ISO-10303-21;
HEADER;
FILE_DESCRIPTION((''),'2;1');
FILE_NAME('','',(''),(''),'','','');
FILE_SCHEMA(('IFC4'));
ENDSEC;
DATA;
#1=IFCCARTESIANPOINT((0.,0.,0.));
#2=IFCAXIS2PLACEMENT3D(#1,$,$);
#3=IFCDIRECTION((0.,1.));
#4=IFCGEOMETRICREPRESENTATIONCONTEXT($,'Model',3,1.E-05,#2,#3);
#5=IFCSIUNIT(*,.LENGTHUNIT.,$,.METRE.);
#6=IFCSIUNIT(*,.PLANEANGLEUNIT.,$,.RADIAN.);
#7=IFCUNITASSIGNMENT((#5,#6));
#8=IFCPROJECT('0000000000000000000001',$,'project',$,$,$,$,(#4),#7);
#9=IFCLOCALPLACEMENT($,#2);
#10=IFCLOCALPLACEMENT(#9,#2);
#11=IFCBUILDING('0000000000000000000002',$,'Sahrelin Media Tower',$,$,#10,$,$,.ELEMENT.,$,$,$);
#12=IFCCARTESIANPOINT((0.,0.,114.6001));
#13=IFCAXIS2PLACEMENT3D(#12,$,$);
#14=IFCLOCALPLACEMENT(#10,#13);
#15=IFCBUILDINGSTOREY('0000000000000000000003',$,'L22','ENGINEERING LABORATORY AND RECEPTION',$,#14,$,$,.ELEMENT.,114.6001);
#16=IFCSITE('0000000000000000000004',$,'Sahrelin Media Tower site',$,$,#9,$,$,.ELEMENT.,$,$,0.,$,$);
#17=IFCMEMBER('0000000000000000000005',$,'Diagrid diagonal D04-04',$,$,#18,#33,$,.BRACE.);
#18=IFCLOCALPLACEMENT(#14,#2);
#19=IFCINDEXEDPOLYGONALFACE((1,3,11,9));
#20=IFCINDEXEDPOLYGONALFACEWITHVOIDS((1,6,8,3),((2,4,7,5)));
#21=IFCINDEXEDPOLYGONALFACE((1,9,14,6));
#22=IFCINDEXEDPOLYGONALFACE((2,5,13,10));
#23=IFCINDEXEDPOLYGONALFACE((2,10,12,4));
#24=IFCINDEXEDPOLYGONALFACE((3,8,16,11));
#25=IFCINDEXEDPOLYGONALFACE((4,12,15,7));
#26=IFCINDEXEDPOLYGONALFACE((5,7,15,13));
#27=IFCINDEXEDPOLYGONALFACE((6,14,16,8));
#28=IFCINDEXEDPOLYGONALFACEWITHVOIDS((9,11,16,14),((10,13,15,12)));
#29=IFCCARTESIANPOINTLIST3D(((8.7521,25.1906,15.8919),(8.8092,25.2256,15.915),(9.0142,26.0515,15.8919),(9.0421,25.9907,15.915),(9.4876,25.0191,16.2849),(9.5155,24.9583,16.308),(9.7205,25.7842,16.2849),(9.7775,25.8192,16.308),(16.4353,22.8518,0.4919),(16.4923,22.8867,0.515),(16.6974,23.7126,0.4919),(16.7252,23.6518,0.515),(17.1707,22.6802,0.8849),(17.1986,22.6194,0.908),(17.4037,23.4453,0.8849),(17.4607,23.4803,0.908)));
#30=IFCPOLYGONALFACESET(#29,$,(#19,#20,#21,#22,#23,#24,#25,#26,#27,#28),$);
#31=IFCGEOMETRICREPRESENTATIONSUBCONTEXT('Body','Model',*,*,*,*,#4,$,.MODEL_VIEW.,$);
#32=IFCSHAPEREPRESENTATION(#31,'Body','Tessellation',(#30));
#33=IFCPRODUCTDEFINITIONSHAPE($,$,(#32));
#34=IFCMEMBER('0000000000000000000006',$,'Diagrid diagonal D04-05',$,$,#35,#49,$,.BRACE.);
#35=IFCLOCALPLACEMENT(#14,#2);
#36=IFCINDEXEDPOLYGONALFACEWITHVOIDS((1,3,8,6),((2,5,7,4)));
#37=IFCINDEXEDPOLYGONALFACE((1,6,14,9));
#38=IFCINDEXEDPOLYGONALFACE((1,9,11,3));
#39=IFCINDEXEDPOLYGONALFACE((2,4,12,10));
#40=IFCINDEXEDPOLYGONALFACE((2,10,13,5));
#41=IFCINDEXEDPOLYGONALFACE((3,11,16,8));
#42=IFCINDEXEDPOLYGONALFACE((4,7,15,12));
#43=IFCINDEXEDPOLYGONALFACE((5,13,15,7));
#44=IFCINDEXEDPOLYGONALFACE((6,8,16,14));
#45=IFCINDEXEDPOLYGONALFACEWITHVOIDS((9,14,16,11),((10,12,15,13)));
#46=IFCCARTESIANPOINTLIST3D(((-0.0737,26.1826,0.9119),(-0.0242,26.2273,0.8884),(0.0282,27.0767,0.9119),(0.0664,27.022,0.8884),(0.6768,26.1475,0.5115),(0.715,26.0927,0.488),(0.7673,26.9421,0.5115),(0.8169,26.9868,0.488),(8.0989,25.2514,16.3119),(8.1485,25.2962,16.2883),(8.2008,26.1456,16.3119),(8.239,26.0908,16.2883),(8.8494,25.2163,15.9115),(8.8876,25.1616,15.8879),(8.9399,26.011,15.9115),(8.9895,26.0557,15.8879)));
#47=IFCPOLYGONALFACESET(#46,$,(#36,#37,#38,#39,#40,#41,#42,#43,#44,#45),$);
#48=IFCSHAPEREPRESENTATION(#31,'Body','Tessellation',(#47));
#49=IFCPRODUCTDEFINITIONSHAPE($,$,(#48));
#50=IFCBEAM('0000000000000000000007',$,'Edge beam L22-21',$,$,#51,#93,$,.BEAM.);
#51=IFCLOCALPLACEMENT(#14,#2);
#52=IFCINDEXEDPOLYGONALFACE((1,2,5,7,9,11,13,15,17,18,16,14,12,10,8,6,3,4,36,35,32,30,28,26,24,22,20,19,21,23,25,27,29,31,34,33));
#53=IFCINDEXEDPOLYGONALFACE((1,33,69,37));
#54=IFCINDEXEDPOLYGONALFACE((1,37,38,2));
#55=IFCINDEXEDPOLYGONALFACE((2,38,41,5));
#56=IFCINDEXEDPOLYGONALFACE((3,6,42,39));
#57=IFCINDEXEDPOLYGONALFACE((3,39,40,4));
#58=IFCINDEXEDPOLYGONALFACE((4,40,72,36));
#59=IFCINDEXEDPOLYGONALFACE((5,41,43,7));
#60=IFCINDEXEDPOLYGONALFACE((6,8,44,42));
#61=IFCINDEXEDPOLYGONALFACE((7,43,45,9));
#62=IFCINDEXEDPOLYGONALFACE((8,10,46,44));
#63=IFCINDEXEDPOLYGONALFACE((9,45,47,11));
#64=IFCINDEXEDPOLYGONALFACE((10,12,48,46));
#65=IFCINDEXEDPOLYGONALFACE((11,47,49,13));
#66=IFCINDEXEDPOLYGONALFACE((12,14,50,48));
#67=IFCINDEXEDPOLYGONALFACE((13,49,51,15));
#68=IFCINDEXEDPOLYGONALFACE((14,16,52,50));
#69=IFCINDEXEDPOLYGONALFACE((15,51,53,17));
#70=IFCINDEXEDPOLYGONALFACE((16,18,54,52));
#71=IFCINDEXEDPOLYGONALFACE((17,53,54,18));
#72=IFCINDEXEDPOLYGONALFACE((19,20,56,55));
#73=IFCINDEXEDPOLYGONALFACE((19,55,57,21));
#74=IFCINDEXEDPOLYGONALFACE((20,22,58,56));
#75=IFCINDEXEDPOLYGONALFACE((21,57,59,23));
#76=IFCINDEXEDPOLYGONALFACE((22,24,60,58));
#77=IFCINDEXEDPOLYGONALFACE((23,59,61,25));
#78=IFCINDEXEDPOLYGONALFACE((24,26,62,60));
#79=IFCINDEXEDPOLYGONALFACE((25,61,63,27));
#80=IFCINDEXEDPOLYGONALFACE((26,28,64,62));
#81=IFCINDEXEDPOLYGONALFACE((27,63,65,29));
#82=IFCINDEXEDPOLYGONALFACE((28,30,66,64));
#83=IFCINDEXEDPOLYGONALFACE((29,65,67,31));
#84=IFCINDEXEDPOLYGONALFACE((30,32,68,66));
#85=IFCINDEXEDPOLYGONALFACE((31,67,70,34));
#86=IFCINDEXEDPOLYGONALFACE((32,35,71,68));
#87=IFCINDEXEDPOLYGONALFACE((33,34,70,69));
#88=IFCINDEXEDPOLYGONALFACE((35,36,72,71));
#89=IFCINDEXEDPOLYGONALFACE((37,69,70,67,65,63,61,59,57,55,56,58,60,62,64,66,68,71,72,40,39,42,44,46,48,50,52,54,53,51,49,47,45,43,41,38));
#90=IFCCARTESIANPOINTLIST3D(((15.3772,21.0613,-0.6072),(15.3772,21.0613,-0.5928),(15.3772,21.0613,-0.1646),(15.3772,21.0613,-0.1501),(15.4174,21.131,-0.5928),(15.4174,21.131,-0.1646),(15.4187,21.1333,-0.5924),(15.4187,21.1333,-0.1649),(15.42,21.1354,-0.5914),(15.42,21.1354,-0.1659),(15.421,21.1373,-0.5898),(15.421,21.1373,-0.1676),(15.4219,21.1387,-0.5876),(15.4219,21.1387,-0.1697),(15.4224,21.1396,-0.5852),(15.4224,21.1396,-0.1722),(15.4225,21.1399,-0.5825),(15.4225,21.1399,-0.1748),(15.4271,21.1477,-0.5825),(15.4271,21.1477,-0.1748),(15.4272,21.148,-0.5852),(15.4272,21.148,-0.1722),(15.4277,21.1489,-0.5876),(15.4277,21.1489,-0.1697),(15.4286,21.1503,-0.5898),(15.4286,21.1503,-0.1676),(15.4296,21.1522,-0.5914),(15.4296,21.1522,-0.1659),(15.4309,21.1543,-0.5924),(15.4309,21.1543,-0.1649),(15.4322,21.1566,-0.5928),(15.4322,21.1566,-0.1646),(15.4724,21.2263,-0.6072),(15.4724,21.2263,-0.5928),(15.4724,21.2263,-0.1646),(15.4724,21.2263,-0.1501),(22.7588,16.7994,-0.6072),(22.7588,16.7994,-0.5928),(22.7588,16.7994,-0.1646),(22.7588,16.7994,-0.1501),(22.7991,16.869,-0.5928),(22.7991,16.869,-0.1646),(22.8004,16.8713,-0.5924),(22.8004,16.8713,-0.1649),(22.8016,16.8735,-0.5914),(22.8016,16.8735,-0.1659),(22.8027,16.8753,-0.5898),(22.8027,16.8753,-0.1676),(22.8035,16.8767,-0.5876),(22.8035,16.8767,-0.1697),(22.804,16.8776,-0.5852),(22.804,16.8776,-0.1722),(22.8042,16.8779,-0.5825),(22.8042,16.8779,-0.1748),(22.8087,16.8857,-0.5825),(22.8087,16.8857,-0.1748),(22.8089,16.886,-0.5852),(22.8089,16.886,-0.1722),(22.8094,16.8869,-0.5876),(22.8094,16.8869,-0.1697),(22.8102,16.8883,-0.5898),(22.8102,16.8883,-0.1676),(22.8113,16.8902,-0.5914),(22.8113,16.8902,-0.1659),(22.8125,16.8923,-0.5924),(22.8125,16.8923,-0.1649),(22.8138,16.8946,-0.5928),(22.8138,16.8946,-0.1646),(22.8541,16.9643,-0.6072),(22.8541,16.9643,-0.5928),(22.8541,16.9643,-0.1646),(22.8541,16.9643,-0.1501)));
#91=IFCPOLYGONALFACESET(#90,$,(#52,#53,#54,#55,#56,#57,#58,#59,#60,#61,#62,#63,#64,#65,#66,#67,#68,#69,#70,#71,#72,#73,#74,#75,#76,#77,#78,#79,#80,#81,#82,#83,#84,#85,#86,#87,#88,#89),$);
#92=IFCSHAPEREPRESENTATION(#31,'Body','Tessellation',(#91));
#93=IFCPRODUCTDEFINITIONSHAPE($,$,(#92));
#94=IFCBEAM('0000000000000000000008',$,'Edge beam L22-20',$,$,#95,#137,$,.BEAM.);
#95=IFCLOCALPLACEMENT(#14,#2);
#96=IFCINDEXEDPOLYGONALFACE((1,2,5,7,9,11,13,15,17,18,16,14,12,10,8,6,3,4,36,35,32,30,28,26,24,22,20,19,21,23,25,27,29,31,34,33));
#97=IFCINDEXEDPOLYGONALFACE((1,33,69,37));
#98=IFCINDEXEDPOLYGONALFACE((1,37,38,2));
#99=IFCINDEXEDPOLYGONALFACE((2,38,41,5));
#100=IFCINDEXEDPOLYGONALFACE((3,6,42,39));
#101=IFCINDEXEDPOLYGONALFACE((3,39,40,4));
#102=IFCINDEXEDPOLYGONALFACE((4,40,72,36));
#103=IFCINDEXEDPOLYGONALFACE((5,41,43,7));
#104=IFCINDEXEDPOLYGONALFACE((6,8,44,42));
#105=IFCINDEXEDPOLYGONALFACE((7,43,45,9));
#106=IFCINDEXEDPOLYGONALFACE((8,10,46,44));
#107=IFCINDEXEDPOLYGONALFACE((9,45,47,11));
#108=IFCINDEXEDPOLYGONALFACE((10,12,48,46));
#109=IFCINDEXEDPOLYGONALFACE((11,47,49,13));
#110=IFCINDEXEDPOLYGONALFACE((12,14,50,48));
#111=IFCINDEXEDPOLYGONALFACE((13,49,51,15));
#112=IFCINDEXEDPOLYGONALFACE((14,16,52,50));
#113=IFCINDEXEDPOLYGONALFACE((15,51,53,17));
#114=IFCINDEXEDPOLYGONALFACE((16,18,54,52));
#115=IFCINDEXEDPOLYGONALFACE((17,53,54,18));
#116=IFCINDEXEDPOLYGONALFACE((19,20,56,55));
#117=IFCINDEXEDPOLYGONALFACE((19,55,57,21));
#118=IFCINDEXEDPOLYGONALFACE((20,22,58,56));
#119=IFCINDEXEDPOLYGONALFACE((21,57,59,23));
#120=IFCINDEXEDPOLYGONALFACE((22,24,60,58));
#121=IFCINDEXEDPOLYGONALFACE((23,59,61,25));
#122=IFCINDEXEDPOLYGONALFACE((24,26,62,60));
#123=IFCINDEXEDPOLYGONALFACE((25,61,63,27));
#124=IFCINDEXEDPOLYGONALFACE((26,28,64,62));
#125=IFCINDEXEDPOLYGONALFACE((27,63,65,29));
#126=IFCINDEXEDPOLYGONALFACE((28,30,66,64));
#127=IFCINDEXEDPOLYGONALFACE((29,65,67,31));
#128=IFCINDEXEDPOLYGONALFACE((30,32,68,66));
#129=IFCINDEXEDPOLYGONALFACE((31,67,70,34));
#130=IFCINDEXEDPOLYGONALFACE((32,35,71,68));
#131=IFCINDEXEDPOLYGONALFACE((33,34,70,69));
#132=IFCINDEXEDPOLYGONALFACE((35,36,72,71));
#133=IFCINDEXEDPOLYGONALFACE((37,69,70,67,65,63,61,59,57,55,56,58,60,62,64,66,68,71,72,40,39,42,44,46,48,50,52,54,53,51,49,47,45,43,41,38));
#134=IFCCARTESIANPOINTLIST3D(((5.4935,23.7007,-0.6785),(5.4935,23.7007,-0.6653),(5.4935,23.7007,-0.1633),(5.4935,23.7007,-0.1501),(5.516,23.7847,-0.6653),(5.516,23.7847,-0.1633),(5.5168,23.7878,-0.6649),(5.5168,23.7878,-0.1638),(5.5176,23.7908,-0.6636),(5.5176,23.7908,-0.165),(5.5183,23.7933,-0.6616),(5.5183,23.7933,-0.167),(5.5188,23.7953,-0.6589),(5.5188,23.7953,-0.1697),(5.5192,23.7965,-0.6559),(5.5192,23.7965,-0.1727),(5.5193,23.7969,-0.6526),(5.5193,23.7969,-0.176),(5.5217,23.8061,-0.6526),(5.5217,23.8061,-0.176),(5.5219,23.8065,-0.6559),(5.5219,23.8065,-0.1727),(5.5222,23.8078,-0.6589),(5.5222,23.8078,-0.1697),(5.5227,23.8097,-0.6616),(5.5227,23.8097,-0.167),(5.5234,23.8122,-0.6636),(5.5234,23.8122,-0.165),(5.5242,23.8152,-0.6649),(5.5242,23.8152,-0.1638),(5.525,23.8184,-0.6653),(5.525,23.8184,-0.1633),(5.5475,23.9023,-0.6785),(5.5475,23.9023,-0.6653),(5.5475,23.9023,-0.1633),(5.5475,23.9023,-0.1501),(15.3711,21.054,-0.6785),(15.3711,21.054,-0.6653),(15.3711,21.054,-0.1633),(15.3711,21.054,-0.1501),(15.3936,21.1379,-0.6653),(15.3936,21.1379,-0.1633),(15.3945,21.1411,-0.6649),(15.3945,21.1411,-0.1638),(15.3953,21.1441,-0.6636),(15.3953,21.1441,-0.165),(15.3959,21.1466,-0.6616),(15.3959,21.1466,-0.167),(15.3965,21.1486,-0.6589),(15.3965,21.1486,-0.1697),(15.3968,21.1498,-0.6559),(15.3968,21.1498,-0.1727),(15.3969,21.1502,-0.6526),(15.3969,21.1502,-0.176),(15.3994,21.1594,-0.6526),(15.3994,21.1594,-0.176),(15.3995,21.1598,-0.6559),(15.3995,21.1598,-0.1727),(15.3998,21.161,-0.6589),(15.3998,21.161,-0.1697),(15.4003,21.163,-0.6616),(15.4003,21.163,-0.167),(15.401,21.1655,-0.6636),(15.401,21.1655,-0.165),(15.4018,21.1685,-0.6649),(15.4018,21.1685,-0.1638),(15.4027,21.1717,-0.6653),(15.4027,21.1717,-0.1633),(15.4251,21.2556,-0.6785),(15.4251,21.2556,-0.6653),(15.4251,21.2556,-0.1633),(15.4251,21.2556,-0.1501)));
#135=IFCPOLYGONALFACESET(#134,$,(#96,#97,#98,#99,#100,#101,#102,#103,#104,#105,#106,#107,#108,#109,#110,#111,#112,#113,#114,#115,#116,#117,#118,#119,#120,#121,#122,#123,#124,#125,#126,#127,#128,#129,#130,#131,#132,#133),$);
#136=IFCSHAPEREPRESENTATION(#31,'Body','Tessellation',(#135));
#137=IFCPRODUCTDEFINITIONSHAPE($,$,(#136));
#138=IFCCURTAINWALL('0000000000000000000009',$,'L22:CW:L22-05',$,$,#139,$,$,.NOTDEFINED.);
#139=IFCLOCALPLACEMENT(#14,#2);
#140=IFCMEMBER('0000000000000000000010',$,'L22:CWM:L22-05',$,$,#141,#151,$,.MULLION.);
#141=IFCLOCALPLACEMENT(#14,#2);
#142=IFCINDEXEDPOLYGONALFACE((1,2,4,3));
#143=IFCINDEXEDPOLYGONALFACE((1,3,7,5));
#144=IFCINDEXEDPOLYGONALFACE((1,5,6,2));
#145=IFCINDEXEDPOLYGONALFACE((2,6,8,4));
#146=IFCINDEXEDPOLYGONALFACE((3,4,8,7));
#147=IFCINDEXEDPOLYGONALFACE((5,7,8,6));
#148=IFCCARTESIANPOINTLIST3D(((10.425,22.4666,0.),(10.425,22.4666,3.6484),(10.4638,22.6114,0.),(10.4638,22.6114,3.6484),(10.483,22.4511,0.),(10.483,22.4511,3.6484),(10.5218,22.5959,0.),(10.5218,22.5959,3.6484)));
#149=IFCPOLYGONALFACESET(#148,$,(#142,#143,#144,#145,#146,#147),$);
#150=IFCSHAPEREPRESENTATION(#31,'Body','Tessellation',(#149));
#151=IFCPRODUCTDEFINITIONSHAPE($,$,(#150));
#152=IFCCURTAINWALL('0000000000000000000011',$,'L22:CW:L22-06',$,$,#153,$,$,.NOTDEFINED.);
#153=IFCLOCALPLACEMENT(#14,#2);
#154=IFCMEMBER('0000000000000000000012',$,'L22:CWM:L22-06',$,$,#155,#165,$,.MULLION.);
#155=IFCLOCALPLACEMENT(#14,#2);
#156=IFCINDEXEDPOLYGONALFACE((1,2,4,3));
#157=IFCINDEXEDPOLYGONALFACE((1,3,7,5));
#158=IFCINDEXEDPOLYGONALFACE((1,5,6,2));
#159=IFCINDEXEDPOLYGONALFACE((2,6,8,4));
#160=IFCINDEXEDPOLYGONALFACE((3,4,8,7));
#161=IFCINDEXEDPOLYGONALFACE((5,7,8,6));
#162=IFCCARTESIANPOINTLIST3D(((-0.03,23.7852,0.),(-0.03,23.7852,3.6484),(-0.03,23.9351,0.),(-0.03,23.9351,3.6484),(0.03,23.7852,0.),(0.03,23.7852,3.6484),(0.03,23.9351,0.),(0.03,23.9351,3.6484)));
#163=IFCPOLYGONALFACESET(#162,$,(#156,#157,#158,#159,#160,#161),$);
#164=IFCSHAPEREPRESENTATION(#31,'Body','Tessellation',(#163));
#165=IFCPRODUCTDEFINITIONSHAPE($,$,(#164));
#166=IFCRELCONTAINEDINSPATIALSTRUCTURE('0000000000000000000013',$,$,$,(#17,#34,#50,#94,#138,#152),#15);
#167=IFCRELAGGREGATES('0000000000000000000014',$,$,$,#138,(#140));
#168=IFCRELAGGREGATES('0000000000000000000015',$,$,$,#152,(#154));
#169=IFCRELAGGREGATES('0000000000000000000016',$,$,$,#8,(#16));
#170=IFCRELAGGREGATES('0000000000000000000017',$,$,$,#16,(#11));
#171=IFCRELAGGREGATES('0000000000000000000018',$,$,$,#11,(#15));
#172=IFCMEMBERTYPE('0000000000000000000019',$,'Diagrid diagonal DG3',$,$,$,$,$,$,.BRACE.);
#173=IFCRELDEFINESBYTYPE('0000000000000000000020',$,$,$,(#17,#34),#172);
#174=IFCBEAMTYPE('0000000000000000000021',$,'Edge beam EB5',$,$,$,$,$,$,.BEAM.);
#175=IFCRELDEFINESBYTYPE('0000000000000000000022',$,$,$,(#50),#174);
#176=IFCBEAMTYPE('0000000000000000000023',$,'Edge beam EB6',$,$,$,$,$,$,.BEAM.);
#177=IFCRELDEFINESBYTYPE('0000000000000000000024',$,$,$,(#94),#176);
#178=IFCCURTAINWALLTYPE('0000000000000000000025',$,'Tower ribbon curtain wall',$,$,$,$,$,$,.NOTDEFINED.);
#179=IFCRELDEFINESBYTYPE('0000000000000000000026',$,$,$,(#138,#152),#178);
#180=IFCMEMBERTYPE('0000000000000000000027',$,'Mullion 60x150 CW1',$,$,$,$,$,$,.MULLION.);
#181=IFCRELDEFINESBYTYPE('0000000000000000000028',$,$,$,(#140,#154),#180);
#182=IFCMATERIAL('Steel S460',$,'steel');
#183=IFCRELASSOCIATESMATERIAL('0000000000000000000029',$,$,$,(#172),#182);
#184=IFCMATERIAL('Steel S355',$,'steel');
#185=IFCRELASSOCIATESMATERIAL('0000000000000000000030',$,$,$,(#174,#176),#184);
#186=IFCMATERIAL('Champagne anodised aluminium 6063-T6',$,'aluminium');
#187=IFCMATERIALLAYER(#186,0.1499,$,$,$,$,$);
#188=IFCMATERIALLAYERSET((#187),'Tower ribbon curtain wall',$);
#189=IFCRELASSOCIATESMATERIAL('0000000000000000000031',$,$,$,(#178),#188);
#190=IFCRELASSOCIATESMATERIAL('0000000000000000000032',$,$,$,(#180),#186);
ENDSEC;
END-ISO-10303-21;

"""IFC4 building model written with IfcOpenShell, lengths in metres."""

from ifc_helpers import new_model, si_unit, direction, frame, origin, origin_2d, place, context, subcontext, project, spatial, rectangle, hollow_rectangle, i_section, extrude, material, layer, layer_set, material_profile, profile_set, type_object, element, aggregate, save


model = new_model("IFC4")

# Units and contexts
model_context = context("Model", 3, precision=1e-05, world=origin(), true_north=direction((0.0, 1.0)))
body_context = subcontext(model_context, "Body", "Model", "MODEL_VIEW")
ifc_project = project(units=[si_unit("LENGTHUNIT", "METRE"), si_unit("PLANEANGLEUNIT", "RADIAN")], contexts=[model_context])

# Site, building, storey
site_placement = place(None, origin())
site = spatial("IfcSite", under=ifc_project, at=site_placement, Name="Sahrelin Media Tower site", CompositionType="ELEMENT", RefElevation=0.0)
building_placement = place(site_placement, origin())
building = spatial("IfcBuilding", under=site, at=building_placement, Name="Sahrelin Media Tower", CompositionType="ELEMENT")
storey_placement = place(building_placement, frame((0.0, 0.0, 114.6001)))
storey = spatial("IfcBuildingStorey", under=building, at=storey_placement, Name="L22", Description="ENGINEERING LABORATORY AND RECEPTION", CompositionType="ELEMENT", Elevation=114.6001)

# Members
ifc_material_1 = material(Name="Steel S460", Category="steel")
ifc_material_profile_1 = material_profile(ifc_material_1, hollow_rectangle(XDim=0.8999, YDim=0.8999, WallThickness=0.05, at=origin_2d()), Name="Diagrid diagonal DG3")
ifc_profile_set_1 = profile_set([ifc_material_profile_1], Name="Steel S460")
member_type_1 = type_object("IfcMemberType", Name="Diagrid diagonal DG3", PredefinedType="BRACE", material=ifc_profile_set_1)
member_1_placement = place(storey_placement, frame((16.948, 23.166, 0.7), z_axis=(-0.442364, 0.134663, 0.886668), x_axis=(-0.291222, -0.956655, 0.0)))
element("IfcMember", 1, at=member_1_placement, inside=storey, type_object=member_type_1, Name="Diagrid diagonal D04-04", PredefinedType="BRACE", context=body_context, shape_type="SweptSolid", body=[
    extrude(hollow_rectangle(XDim=0.8999, YDim=0.8999, WallThickness=0.05, at=origin_2d()), origin(), (0.0, 0.0, 1.0), 17.3684),
])
member_2_placement = place(storey_placement, frame((0.3716, 26.5847, 0.7), z_axis=(0.468104, -0.053334, 0.882063), x_axis=(0.113203, 0.993572, 0.0)))
element("IfcMember", 2, at=member_2_placement, inside=storey, type_object=member_type_1, Name="Diagrid diagonal D04-05", PredefinedType="BRACE", context=body_context, shape_type="SweptSolid", body=[
    extrude(hollow_rectangle(XDim=0.8999, YDim=0.8999, WallThickness=0.05, at=origin_2d()), origin(), (0.0, 0.0, 1.0), 17.459),
])

# Beams
ifc_material_2 = material(Name="Steel S355", Category="steel")
ifc_material_profile_2 = material_profile(ifc_material_2, i_section(OverallWidth=0.1904, OverallDepth=0.457, WebThickness=0.009, FlangeThickness=0.0144, FilletRadius=0.0103, at=origin_2d()), Name="UB 457x191x74")
ifc_profile_set_2 = profile_set([ifc_material_profile_2], Name="Steel S355")
beam_type_1 = type_object("IfcBeamType", Name="Edge beam EB5", PredefinedType="BEAM", material=ifc_profile_set_2)
beam_1_placement = place(storey_placement, frame((15.4248, 21.1438, -0.3787), z_axis=(0.866015, -0.500017, 0.0), x_axis=(0.500017, 0.866015, 0.0)))
element("IfcBeam", 3, at=beam_1_placement, inside=storey, type_object=beam_type_1, Name="Edge beam L22-21", PredefinedType="BEAM", context=body_context, shape_type="SweptSolid", body=[
    extrude(i_section(OverallWidth=0.1904, OverallDepth=0.457, WebThickness=0.009, FlangeThickness=0.0144, FilletRadius=0.0103, at=origin_2d()), origin(), (0.0, 0.0, 1.0), 8.5237),
])
ifc_material_profile_3 = material_profile(ifc_material_2, i_section(OverallWidth=0.2087, OverallDepth=0.5283, WebThickness=0.0095, FlangeThickness=0.0132, FilletRadius=0.0127, at=origin_2d()), Name="UB 533x210x82")
ifc_profile_set_3 = profile_set([ifc_material_profile_3], Name="Steel S355")
beam_type_2 = type_object("IfcBeamType", Name="Edge beam EB6", PredefinedType="BEAM", material=ifc_profile_set_3)
beam_2_placement = place(storey_placement, frame((5.5205, 23.8015, -0.4143), z_axis=(0.965926, -0.25882, 0.0), x_axis=(0.25882, 0.965926, 0.0)))
element("IfcBeam", 4, at=beam_2_placement, inside=storey, type_object=beam_type_2, Name="Edge beam L22-20", PredefinedType="BEAM", context=body_context, shape_type="SweptSolid", body=[
    extrude(i_section(OverallWidth=0.2087, OverallDepth=0.5283, WebThickness=0.0095, FlangeThickness=0.0132, FilletRadius=0.0127, at=origin_2d()), origin(), (0.0, 0.0, 1.0), 10.2261),
])

# Curtain walls, members
ifc_material_3 = material(Name="Champagne anodised aluminium 6063-T6", Category="aluminium")
ifc_layer_1 = layer(ifc_material_3, 0.1499)
ifc_layer_set_1 = layer_set([ifc_layer_1], Name="Tower ribbon curtain wall")
curtain_wall_type = type_object("IfcCurtainWallType", Name="Tower ribbon curtain wall", PredefinedType="NOTDEFINED", material=ifc_layer_set_1)
curtain_wall_1_placement = place(storey_placement, frame((10.498, 22.623, 0.0), z_axis=(0.0, 0.0, 1.0), x_axis=(1.0, 0.0, 0.0)))
curtain_wall_1 = element("IfcCurtainWall", 5, at=curtain_wall_1_placement, inside=storey, type_object=curtain_wall_type, Name="L22:CW:L22-05", PredefinedType="NOTDEFINED")
ifc_material_profile_4 = material_profile(ifc_material_3, rectangle(XDim=0.0601, YDim=0.1499, at=origin_2d()), Name="Mullion 60x150")
ifc_profile_set_4 = profile_set([ifc_material_profile_4], Name="Champagne anodised aluminium 6063-T6")
member_type_2 = type_object("IfcMemberType", Name="Mullion 60x150 CW1", PredefinedType="MULLION", material=ifc_profile_set_4)
member_3_placement = place(storey_placement, frame((10.4734, 22.5312, 0.0), z_axis=(0.0, 0.0, 1.0), x_axis=(-0.965925, 0.258821, 0.0)))
member_3 = element("IfcMember", 6, at=member_3_placement, type_object=member_type_2, Name="L22:CWM:L22-05", PredefinedType="MULLION", context=body_context, shape_type="SweptSolid", body=[
    extrude(rectangle(XDim=0.0601, YDim=0.1499, at=origin_2d()), origin(), (0.0, 0.0, 1.0), 3.6484),
])
placement_1 = place(storey_placement, frame((0.0, 23.9551, 0.0), z_axis=(0.0, 0.0, 1.0), x_axis=(1.0, 0.0, 0.0)))
curtain_wall_2 = element("IfcCurtainWall", 7, at=placement_1, inside=storey, type_object=curtain_wall_type, Name="L22:CW:L22-06", PredefinedType="NOTDEFINED")
member_4_placement = place(storey_placement, frame((0.0, 23.8601, 0.0), z_axis=(0.0, 0.0, 1.0), x_axis=(-1.0, 0.0, 0.0)))
member_4 = element("IfcMember", 8, at=member_4_placement, type_object=member_type_2, Name="L22:CWM:L22-06", PredefinedType="MULLION", context=body_context, shape_type="SweptSolid", body=[
    extrude(rectangle(XDim=0.0601, YDim=0.1499, at=origin_2d()), origin(), (0.0, 0.0, 1.0), 3.6484),
])

aggregate(curtain_wall_1, [member_3])
aggregate(curtain_wall_2, [member_4])

save(model, "model.ifc")
